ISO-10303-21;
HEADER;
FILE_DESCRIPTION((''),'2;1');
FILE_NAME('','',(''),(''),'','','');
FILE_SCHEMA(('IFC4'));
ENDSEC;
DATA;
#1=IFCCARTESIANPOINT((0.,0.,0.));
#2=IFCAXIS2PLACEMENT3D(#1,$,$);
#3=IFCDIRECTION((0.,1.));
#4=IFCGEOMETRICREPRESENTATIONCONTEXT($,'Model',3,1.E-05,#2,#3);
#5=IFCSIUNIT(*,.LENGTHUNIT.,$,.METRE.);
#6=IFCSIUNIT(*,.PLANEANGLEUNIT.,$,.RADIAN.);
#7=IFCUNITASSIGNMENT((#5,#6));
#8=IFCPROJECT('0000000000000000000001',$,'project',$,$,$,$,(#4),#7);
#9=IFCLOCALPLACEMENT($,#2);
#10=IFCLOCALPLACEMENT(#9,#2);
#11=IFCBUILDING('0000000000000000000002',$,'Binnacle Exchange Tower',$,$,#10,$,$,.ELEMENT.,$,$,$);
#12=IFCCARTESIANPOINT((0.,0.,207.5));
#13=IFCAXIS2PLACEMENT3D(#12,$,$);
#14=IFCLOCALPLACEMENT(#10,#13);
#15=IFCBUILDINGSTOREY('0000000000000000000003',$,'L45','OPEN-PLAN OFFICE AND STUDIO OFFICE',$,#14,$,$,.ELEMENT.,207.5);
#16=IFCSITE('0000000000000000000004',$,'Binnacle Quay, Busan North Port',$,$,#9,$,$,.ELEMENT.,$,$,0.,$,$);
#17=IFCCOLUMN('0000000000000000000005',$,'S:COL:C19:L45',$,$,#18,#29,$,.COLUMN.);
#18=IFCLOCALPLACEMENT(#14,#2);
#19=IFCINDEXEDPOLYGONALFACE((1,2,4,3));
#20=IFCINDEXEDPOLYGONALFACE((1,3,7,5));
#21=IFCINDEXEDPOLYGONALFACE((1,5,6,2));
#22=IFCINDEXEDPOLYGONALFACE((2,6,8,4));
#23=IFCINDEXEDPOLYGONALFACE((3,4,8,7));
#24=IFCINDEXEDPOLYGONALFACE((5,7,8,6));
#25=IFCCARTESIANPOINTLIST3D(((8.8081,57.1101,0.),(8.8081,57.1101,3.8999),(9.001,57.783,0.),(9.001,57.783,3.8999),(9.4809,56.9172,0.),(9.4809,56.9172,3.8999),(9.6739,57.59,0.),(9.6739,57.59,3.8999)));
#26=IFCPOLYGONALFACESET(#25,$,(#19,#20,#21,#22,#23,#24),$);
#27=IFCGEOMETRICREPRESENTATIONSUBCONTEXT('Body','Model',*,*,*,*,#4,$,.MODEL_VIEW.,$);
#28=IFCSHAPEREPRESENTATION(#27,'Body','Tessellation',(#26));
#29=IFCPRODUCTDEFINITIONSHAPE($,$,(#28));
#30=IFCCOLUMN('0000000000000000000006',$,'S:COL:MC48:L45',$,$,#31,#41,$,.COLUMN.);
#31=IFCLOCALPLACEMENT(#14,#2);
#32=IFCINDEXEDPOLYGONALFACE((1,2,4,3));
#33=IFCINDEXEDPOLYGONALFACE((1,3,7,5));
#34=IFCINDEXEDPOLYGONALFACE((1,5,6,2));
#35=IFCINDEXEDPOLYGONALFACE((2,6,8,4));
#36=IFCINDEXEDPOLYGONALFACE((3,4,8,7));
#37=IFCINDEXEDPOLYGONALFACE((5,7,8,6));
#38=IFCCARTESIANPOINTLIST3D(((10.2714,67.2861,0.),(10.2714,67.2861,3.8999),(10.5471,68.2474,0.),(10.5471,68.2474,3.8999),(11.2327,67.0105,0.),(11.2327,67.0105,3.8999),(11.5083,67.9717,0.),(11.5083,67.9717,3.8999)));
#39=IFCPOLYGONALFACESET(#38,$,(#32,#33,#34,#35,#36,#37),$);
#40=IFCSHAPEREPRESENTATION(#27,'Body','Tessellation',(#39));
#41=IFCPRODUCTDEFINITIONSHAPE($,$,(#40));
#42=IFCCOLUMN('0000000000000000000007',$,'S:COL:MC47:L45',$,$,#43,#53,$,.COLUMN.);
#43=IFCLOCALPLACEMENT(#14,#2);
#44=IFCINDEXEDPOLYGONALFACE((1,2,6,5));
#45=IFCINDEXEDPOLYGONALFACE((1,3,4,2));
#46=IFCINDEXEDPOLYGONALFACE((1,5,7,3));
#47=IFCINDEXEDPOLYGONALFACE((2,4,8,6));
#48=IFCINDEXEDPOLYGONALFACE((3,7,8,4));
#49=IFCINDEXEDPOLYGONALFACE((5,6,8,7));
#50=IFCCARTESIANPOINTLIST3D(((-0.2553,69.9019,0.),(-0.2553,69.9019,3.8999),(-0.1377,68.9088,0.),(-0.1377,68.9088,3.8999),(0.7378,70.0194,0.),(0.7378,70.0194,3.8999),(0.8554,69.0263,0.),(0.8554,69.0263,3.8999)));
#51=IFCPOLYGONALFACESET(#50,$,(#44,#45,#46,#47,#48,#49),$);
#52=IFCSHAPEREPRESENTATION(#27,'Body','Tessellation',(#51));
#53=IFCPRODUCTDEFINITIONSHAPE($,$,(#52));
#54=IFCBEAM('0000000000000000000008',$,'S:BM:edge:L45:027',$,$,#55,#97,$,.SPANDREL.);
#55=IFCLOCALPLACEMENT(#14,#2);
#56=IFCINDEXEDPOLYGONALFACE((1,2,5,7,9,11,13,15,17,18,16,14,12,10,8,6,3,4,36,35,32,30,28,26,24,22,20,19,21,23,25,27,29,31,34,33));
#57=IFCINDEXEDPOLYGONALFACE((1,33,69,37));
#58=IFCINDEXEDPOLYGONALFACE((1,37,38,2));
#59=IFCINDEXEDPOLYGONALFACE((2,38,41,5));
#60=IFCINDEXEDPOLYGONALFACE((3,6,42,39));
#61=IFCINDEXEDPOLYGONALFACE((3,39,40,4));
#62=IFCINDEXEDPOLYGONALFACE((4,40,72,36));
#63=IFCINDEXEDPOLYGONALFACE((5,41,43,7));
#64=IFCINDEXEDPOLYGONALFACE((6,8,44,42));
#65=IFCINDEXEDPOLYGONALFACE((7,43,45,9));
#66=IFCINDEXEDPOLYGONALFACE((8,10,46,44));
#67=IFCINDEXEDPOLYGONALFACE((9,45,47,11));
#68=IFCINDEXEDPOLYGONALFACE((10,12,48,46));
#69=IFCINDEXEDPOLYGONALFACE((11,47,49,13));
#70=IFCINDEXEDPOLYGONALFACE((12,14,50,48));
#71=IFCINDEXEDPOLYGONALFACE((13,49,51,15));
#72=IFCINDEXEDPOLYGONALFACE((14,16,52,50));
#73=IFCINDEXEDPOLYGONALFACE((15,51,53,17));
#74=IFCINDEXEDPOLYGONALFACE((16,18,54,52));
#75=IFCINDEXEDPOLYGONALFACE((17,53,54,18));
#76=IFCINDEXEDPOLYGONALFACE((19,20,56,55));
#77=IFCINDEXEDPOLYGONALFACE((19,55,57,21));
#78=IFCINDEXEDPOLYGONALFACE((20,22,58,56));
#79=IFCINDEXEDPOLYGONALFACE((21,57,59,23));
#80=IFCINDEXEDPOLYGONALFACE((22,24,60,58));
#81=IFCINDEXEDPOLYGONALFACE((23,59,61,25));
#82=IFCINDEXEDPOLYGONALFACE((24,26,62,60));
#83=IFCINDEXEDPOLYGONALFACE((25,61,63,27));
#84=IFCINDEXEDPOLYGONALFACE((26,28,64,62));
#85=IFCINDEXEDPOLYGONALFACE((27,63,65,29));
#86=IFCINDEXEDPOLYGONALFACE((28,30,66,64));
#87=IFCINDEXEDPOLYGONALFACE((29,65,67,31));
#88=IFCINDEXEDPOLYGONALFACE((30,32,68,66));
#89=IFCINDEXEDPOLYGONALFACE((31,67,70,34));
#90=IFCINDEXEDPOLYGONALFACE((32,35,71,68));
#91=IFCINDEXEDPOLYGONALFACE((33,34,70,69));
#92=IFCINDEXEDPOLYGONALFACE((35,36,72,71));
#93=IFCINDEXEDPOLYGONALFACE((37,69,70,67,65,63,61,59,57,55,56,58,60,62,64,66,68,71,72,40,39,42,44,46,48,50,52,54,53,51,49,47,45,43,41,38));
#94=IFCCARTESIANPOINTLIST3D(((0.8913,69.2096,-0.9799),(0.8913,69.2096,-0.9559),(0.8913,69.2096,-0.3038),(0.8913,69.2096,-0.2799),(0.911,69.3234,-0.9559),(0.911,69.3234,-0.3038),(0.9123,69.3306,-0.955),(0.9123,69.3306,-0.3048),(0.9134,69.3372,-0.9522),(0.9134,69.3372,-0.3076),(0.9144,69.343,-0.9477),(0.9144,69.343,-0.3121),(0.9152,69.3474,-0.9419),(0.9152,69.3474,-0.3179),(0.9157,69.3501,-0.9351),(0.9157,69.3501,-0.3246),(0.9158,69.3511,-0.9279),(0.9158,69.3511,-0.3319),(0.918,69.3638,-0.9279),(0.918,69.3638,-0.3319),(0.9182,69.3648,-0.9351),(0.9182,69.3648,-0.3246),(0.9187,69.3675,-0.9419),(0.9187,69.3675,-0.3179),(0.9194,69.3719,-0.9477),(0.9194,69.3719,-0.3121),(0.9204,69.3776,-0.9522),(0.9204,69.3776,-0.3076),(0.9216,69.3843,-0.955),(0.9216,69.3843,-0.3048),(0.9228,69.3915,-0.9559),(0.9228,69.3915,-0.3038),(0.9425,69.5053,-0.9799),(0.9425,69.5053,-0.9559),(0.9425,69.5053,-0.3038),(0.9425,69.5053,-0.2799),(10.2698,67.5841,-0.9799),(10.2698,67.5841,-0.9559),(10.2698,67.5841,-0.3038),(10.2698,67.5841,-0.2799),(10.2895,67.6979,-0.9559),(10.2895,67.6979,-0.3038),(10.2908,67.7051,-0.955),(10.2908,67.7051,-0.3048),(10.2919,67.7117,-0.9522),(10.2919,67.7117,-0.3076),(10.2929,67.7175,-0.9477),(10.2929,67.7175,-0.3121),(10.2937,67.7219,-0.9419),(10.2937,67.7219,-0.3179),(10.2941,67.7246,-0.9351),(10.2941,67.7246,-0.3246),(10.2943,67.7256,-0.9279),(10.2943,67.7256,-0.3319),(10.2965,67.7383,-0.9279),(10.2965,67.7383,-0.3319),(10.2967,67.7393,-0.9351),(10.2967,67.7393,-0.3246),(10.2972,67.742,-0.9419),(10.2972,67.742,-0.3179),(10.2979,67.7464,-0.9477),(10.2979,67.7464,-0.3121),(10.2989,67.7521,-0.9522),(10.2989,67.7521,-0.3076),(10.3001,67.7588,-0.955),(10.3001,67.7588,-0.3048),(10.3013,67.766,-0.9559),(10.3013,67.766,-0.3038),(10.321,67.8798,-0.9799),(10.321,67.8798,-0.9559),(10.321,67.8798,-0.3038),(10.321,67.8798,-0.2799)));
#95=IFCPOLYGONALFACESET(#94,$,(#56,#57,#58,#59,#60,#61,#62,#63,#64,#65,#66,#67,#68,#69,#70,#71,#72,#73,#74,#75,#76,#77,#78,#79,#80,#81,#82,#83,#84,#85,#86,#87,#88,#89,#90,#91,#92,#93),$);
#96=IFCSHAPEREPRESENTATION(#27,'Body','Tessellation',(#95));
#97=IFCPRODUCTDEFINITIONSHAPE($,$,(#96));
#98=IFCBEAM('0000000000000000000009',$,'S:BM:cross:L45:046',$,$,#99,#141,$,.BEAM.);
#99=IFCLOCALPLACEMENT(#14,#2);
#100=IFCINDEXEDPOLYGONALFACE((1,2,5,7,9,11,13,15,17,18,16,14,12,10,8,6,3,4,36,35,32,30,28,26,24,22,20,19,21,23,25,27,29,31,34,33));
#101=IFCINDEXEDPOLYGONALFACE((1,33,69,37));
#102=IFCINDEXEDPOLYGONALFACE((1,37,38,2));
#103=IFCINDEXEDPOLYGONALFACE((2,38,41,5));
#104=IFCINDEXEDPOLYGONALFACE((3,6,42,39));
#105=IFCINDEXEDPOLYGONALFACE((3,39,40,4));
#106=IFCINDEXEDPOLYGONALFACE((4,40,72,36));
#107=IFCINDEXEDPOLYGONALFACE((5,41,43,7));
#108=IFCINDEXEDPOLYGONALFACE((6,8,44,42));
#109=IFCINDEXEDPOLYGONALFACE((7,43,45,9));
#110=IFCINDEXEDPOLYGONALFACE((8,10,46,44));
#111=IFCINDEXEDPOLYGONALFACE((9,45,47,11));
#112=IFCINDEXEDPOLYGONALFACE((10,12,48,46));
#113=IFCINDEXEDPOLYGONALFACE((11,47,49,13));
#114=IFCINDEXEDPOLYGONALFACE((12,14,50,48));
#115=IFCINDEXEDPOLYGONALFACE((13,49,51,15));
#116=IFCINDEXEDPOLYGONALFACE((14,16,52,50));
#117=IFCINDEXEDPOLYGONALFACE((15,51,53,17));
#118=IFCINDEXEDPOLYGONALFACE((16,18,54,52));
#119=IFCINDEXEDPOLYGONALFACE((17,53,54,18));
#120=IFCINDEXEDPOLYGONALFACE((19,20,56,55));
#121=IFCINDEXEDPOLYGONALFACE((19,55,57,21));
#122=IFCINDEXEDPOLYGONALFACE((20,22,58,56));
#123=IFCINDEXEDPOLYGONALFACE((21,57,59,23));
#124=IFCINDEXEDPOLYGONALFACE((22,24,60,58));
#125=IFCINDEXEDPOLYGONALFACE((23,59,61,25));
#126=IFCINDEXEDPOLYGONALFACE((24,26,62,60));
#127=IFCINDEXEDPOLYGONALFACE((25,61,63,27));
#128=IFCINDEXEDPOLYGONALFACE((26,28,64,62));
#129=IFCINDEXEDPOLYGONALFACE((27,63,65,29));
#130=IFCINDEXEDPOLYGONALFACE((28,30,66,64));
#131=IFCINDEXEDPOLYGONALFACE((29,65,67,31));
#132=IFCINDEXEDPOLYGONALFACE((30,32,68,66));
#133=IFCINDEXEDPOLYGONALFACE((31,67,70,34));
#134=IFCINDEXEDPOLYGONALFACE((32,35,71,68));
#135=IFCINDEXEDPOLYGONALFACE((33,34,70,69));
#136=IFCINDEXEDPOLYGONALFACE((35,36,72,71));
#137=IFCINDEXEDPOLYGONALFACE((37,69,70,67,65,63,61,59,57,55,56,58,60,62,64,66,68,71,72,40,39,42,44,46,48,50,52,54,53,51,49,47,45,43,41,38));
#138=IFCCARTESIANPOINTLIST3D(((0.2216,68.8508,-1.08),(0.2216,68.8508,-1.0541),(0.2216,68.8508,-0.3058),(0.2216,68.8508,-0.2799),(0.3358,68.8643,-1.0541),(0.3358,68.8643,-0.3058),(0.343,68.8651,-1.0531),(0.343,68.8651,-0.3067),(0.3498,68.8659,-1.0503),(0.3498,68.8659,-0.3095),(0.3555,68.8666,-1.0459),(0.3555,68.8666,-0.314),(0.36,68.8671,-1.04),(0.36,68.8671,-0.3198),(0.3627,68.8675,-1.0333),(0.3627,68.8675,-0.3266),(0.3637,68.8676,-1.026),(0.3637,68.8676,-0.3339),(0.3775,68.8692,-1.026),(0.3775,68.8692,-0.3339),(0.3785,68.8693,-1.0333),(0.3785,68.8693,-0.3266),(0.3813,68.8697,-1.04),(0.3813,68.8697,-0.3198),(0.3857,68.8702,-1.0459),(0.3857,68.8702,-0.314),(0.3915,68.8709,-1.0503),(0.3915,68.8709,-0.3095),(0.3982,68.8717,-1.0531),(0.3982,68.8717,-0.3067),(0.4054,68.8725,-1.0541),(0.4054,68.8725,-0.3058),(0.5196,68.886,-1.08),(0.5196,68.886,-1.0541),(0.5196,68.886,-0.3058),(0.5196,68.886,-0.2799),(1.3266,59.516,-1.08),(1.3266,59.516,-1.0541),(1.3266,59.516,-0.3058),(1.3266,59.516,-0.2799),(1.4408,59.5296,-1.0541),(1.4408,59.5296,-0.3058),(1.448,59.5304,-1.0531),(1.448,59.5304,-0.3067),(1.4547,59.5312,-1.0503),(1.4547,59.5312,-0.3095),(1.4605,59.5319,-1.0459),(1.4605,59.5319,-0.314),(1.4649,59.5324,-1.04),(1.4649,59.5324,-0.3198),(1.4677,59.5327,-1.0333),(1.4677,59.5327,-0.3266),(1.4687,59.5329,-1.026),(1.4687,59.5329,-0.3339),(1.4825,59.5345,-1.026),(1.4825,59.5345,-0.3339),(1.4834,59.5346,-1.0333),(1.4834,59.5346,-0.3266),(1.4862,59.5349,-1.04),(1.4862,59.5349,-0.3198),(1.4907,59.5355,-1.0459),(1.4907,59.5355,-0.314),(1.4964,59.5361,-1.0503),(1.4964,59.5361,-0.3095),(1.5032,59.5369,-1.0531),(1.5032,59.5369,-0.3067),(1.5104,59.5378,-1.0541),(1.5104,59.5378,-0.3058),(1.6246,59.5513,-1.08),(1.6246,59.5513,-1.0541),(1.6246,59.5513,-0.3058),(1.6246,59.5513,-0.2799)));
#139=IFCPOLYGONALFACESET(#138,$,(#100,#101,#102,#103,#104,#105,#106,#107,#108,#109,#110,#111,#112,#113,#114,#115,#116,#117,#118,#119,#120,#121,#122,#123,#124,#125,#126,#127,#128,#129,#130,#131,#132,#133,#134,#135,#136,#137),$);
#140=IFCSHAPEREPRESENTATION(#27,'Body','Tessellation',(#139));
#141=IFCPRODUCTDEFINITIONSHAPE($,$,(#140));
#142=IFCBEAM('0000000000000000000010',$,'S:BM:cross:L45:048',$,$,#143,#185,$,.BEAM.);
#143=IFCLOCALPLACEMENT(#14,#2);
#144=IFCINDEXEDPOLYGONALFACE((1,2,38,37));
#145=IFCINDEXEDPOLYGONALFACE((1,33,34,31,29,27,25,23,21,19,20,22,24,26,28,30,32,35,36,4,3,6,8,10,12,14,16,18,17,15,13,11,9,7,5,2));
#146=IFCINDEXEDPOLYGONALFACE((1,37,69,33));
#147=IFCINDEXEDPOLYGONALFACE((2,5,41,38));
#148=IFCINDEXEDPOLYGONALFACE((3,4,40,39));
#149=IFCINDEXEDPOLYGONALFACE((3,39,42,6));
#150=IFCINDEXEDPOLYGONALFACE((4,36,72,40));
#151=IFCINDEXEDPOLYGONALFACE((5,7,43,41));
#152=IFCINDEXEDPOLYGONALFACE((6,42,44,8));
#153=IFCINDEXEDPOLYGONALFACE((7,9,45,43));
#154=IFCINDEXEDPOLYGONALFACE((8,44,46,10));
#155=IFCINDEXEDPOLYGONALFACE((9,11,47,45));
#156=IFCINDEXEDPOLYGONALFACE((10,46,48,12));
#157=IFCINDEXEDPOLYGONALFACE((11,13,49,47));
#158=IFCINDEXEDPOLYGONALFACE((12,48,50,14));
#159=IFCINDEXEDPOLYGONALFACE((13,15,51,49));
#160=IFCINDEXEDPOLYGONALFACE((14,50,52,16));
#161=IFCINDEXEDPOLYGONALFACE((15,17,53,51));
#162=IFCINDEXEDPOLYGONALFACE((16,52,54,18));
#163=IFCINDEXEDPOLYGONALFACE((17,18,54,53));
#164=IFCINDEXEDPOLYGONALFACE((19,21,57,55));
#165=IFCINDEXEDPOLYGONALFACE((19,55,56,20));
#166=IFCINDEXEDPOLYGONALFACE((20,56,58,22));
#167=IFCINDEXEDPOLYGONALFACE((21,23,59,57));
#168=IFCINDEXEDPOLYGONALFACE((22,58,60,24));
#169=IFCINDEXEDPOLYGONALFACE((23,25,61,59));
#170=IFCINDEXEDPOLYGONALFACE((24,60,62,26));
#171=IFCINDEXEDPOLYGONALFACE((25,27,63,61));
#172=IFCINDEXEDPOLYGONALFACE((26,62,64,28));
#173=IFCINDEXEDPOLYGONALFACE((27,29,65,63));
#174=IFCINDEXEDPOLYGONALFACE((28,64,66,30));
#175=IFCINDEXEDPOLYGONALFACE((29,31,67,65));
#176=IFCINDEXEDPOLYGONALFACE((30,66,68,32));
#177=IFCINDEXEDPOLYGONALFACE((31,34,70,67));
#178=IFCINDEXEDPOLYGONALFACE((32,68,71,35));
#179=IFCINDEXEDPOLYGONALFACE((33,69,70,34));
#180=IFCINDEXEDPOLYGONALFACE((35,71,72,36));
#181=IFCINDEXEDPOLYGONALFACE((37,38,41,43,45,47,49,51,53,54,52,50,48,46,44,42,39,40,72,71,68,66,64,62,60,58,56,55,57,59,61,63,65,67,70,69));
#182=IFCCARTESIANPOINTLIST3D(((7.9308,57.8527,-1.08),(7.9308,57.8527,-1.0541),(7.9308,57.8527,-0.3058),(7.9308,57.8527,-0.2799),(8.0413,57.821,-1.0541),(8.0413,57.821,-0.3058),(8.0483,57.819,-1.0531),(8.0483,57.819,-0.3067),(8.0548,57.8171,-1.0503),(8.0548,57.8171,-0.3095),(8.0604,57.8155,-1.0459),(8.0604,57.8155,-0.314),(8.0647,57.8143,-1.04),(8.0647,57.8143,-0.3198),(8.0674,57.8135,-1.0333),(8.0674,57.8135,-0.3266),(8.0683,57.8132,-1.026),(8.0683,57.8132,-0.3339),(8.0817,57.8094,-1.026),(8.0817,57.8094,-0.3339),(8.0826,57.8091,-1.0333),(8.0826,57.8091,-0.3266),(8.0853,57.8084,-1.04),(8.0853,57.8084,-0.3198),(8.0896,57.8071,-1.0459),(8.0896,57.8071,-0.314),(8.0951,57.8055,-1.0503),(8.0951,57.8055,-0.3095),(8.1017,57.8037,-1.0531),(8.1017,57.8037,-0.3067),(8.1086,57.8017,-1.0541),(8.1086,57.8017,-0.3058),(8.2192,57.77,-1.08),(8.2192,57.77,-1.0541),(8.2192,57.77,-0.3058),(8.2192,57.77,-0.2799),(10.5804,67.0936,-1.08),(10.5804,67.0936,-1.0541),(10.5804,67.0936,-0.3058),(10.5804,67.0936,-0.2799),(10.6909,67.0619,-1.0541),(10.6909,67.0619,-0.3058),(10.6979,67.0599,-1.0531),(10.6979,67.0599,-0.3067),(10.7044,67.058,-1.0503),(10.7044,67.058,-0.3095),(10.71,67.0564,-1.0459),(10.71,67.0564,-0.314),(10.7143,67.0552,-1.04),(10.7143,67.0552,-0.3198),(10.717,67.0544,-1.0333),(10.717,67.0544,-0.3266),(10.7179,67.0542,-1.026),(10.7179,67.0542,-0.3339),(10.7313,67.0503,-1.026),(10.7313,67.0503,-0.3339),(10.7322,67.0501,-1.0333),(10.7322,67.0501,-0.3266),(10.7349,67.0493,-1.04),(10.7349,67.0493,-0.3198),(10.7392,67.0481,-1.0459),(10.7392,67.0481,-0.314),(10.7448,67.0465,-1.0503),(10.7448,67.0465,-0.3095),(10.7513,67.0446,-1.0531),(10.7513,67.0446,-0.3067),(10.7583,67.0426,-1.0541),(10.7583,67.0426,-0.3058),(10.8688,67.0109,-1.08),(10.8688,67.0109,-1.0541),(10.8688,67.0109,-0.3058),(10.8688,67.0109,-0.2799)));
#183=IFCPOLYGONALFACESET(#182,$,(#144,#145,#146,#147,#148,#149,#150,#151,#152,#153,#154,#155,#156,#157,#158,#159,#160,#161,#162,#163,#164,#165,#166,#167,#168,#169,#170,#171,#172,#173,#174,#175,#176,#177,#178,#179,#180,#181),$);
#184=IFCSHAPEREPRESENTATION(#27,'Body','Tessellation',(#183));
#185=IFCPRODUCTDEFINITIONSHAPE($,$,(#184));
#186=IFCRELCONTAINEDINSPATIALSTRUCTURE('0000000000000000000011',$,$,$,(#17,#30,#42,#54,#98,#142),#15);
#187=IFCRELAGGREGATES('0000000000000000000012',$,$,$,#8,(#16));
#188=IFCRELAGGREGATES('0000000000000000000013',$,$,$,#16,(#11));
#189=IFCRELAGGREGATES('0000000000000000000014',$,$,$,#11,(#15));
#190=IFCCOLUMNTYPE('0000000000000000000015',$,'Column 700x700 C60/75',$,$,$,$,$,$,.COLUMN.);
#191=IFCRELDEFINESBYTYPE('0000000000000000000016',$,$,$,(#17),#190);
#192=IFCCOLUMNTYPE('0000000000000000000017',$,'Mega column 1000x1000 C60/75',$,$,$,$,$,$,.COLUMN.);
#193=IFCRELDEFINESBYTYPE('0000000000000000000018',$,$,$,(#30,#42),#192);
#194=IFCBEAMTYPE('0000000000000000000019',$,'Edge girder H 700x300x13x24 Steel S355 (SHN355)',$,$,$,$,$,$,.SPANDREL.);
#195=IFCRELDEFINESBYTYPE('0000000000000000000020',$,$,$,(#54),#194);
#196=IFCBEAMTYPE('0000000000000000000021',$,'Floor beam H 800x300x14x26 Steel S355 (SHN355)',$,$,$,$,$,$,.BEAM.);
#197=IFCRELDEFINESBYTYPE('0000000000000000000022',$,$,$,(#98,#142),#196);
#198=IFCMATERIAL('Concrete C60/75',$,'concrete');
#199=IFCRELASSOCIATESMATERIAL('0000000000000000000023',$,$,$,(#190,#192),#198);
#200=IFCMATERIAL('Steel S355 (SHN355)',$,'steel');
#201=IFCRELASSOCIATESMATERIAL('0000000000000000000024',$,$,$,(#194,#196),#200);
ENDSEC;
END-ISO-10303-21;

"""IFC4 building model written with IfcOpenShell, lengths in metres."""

from ifc_helpers import new_model, si_unit, direction, frame, origin, origin_2d, place, context, subcontext, project, spatial, rectangle, i_section, extrude, material, material_profile, profile_set, type_object, element, save


model = new_model("IFC4")

# Units and contexts
model_context = context("Model", 3, precision=1e-05, world=origin(), true_north=direction((0.0, 1.0)))
body_context = subcontext(model_context, "Body", "Model", "MODEL_VIEW")
ifc_project = project(units=[si_unit("LENGTHUNIT", "METRE"), si_unit("PLANEANGLEUNIT", "RADIAN")], contexts=[model_context])

# Site, building, storey
site_placement = place(None, origin())
site = spatial("IfcSite", under=ifc_project, at=site_placement, Name="Binnacle Quay, Busan North Port", CompositionType="ELEMENT", RefElevation=0.0)
building_placement = place(site_placement, origin())
building = spatial("IfcBuilding", under=site, at=building_placement, Name="Binnacle Exchange Tower", CompositionType="ELEMENT")
storey_placement = place(building_placement, frame((0.0, 0.0, 207.5)))
storey = spatial("IfcBuildingStorey", under=building, at=storey_placement, Name="L45", Description="OPEN-PLAN OFFICE AND STUDIO OFFICE", CompositionType="ELEMENT", Elevation=207.5)

# Columns
ifc_material_1 = material(Name="Concrete C60/75", Category="concrete")
ifc_material_profile_1 = material_profile(ifc_material_1, rectangle(XDim=0.7, YDim=0.7, at=origin_2d()), Name="Column 700x700 C60/75")
ifc_profile_set_1 = profile_set([ifc_material_profile_1], Name="Concrete C60/75")
column_type_1 = type_object("IfcColumnType", Name="Column 700x700 C60/75", PredefinedType="COLUMN", material=ifc_profile_set_1)
column_placement = place(storey_placement, frame((9.241, 57.3501, 0.0), z_axis=(0.0, 0.0, 1.0), x_axis=(0.961262, -0.275637, 0.0)))
element("IfcColumn", 1, at=column_placement, inside=storey, type_object=column_type_1, Name="S:COL:C19:L45", PredefinedType="COLUMN", context=body_context, shape_type="SweptSolid", body=[
    extrude(rectangle(XDim=0.7, YDim=0.7, at=origin_2d()), origin(), (0.0, 0.0, 1.0), 3.8999),
])
ifc_material_profile_2 = material_profile(ifc_material_1, rectangle(XDim=1.0, YDim=1.0, at=origin_2d()), Name="Mega column 1000x1000 C60/75")
ifc_profile_set_2 = profile_set([ifc_material_profile_2], Name="Concrete C60/75")
column_type_2 = type_object("IfcColumnType", Name="Mega column 1000x1000 C60/75", PredefinedType="COLUMN", material=ifc_profile_set_2)
for number, where, z_axis, x_axis, name in (
    (2, (10.8899, 67.6289, 0.0), (0.0, 0.0, 1.0), (-0.961262, 0.275637, 0.0), "S:COL:MC48:L45"),
    (3, (0.3, 69.4641, 0.0), (0.0, 0.0, 1.0), (-0.993068, -0.117537, 0.0), "S:COL:MC47:L45"),
):
    element("IfcColumn", number, at=place(storey_placement, frame(where, z_axis=z_axis, x_axis=x_axis)), inside=storey, type_object=column_type_2, Name=name, PredefinedType="COLUMN", context=body_context, shape_type="SweptSolid", body=[
        extrude(rectangle(XDim=1.0, YDim=1.0, at=origin_2d()), origin(), (0.0, 0.0, 1.0), 3.8999),
    ])

# Beams
ifc_material_2 = material(Name="Steel S355 (SHN355)", Category="steel")
ifc_material_profile_3 = material_profile(ifc_material_2, i_section(OverallWidth=0.3, OverallDepth=0.7, WebThickness=0.0129, FlangeThickness=0.0239, FilletRadius=0.0281, at=origin_2d()), Name="H 700x300x13x24")
ifc_profile_set_3 = profile_set([ifc_material_profile_3], Name="Steel S355 (SHN355)")
beam_type_1 = type_object("IfcBeamType", Name="Edge girder H 700x300x13x24 Steel S355 (SHN355)", PredefinedType="SPANDREL", material=ifc_profile_set_3)
beam_1_placement = place(storey_placement, frame((10.2954, 67.7319, -0.6299), z_axis=(-0.98531, 0.170776, 0.0), x_axis=(-0.170776, -0.98531, 0.0)))
element("IfcBeam", 4, at=beam_1_placement, inside=storey, type_object=beam_type_1, Name="S:BM:edge:L45:027", PredefinedType="SPANDREL", context=body_context, shape_type="SweptSolid", body=[
    extrude(i_section(OverallWidth=0.3, OverallDepth=0.7, WebThickness=0.0129, FlangeThickness=0.0239, FilletRadius=0.0281, at=origin_2d()), origin(), (0.0, 0.0, 1.0), 9.5183),
])
ifc_material_profile_4 = material_profile(ifc_material_2, i_section(OverallWidth=0.3, OverallDepth=0.8, WebThickness=0.0139, FlangeThickness=0.0259, FilletRadius=0.0281, at=origin_2d()), Name="H 800x300x14x26")
ifc_profile_set_4 = profile_set([ifc_material_profile_4], Name="Steel S355 (SHN355)")
beam_type_2 = type_object("IfcBeamType", Name="Floor beam H 800x300x14x26 Steel S355 (SHN355)", PredefinedType="BEAM", material=ifc_profile_set_4)
beam_2_placement = place(storey_placement, frame((0.3706, 68.8684, -0.6799), z_axis=(0.117552, -0.993067, 0.0), x_axis=(0.993067, 0.117552, 0.0)))
element("IfcBeam", 5, at=beam_2_placement, inside=storey, type_object=beam_type_2, Name="S:BM:cross:L45:046", PredefinedType="BEAM", context=body_context, shape_type="SweptSolid", body=[
    extrude(i_section(OverallWidth=0.3, OverallDepth=0.8, WebThickness=0.0139, FlangeThickness=0.0259, FilletRadius=0.0281, at=origin_2d()), origin(), (0.0, 0.0, 1.0), 9.3999),
])
beam_3_placement = place(storey_placement, frame((10.7246, 67.0522, -0.6799), z_axis=(-0.275623, -0.961266, 0.0), x_axis=(0.961266, -0.275623, 0.0)))
element("IfcBeam", 6, at=beam_3_placement, inside=storey, type_object=beam_type_2, Name="S:BM:cross:L45:048", PredefinedType="BEAM", context=body_context, shape_type="SweptSolid", body=[
    extrude(i_section(OverallWidth=0.3, OverallDepth=0.8, WebThickness=0.0139, FlangeThickness=0.0259, FilletRadius=0.0281, at=origin_2d()), origin(), (0.0, 0.0, 1.0), 9.6133),
])

save(model, "model.ifc")
